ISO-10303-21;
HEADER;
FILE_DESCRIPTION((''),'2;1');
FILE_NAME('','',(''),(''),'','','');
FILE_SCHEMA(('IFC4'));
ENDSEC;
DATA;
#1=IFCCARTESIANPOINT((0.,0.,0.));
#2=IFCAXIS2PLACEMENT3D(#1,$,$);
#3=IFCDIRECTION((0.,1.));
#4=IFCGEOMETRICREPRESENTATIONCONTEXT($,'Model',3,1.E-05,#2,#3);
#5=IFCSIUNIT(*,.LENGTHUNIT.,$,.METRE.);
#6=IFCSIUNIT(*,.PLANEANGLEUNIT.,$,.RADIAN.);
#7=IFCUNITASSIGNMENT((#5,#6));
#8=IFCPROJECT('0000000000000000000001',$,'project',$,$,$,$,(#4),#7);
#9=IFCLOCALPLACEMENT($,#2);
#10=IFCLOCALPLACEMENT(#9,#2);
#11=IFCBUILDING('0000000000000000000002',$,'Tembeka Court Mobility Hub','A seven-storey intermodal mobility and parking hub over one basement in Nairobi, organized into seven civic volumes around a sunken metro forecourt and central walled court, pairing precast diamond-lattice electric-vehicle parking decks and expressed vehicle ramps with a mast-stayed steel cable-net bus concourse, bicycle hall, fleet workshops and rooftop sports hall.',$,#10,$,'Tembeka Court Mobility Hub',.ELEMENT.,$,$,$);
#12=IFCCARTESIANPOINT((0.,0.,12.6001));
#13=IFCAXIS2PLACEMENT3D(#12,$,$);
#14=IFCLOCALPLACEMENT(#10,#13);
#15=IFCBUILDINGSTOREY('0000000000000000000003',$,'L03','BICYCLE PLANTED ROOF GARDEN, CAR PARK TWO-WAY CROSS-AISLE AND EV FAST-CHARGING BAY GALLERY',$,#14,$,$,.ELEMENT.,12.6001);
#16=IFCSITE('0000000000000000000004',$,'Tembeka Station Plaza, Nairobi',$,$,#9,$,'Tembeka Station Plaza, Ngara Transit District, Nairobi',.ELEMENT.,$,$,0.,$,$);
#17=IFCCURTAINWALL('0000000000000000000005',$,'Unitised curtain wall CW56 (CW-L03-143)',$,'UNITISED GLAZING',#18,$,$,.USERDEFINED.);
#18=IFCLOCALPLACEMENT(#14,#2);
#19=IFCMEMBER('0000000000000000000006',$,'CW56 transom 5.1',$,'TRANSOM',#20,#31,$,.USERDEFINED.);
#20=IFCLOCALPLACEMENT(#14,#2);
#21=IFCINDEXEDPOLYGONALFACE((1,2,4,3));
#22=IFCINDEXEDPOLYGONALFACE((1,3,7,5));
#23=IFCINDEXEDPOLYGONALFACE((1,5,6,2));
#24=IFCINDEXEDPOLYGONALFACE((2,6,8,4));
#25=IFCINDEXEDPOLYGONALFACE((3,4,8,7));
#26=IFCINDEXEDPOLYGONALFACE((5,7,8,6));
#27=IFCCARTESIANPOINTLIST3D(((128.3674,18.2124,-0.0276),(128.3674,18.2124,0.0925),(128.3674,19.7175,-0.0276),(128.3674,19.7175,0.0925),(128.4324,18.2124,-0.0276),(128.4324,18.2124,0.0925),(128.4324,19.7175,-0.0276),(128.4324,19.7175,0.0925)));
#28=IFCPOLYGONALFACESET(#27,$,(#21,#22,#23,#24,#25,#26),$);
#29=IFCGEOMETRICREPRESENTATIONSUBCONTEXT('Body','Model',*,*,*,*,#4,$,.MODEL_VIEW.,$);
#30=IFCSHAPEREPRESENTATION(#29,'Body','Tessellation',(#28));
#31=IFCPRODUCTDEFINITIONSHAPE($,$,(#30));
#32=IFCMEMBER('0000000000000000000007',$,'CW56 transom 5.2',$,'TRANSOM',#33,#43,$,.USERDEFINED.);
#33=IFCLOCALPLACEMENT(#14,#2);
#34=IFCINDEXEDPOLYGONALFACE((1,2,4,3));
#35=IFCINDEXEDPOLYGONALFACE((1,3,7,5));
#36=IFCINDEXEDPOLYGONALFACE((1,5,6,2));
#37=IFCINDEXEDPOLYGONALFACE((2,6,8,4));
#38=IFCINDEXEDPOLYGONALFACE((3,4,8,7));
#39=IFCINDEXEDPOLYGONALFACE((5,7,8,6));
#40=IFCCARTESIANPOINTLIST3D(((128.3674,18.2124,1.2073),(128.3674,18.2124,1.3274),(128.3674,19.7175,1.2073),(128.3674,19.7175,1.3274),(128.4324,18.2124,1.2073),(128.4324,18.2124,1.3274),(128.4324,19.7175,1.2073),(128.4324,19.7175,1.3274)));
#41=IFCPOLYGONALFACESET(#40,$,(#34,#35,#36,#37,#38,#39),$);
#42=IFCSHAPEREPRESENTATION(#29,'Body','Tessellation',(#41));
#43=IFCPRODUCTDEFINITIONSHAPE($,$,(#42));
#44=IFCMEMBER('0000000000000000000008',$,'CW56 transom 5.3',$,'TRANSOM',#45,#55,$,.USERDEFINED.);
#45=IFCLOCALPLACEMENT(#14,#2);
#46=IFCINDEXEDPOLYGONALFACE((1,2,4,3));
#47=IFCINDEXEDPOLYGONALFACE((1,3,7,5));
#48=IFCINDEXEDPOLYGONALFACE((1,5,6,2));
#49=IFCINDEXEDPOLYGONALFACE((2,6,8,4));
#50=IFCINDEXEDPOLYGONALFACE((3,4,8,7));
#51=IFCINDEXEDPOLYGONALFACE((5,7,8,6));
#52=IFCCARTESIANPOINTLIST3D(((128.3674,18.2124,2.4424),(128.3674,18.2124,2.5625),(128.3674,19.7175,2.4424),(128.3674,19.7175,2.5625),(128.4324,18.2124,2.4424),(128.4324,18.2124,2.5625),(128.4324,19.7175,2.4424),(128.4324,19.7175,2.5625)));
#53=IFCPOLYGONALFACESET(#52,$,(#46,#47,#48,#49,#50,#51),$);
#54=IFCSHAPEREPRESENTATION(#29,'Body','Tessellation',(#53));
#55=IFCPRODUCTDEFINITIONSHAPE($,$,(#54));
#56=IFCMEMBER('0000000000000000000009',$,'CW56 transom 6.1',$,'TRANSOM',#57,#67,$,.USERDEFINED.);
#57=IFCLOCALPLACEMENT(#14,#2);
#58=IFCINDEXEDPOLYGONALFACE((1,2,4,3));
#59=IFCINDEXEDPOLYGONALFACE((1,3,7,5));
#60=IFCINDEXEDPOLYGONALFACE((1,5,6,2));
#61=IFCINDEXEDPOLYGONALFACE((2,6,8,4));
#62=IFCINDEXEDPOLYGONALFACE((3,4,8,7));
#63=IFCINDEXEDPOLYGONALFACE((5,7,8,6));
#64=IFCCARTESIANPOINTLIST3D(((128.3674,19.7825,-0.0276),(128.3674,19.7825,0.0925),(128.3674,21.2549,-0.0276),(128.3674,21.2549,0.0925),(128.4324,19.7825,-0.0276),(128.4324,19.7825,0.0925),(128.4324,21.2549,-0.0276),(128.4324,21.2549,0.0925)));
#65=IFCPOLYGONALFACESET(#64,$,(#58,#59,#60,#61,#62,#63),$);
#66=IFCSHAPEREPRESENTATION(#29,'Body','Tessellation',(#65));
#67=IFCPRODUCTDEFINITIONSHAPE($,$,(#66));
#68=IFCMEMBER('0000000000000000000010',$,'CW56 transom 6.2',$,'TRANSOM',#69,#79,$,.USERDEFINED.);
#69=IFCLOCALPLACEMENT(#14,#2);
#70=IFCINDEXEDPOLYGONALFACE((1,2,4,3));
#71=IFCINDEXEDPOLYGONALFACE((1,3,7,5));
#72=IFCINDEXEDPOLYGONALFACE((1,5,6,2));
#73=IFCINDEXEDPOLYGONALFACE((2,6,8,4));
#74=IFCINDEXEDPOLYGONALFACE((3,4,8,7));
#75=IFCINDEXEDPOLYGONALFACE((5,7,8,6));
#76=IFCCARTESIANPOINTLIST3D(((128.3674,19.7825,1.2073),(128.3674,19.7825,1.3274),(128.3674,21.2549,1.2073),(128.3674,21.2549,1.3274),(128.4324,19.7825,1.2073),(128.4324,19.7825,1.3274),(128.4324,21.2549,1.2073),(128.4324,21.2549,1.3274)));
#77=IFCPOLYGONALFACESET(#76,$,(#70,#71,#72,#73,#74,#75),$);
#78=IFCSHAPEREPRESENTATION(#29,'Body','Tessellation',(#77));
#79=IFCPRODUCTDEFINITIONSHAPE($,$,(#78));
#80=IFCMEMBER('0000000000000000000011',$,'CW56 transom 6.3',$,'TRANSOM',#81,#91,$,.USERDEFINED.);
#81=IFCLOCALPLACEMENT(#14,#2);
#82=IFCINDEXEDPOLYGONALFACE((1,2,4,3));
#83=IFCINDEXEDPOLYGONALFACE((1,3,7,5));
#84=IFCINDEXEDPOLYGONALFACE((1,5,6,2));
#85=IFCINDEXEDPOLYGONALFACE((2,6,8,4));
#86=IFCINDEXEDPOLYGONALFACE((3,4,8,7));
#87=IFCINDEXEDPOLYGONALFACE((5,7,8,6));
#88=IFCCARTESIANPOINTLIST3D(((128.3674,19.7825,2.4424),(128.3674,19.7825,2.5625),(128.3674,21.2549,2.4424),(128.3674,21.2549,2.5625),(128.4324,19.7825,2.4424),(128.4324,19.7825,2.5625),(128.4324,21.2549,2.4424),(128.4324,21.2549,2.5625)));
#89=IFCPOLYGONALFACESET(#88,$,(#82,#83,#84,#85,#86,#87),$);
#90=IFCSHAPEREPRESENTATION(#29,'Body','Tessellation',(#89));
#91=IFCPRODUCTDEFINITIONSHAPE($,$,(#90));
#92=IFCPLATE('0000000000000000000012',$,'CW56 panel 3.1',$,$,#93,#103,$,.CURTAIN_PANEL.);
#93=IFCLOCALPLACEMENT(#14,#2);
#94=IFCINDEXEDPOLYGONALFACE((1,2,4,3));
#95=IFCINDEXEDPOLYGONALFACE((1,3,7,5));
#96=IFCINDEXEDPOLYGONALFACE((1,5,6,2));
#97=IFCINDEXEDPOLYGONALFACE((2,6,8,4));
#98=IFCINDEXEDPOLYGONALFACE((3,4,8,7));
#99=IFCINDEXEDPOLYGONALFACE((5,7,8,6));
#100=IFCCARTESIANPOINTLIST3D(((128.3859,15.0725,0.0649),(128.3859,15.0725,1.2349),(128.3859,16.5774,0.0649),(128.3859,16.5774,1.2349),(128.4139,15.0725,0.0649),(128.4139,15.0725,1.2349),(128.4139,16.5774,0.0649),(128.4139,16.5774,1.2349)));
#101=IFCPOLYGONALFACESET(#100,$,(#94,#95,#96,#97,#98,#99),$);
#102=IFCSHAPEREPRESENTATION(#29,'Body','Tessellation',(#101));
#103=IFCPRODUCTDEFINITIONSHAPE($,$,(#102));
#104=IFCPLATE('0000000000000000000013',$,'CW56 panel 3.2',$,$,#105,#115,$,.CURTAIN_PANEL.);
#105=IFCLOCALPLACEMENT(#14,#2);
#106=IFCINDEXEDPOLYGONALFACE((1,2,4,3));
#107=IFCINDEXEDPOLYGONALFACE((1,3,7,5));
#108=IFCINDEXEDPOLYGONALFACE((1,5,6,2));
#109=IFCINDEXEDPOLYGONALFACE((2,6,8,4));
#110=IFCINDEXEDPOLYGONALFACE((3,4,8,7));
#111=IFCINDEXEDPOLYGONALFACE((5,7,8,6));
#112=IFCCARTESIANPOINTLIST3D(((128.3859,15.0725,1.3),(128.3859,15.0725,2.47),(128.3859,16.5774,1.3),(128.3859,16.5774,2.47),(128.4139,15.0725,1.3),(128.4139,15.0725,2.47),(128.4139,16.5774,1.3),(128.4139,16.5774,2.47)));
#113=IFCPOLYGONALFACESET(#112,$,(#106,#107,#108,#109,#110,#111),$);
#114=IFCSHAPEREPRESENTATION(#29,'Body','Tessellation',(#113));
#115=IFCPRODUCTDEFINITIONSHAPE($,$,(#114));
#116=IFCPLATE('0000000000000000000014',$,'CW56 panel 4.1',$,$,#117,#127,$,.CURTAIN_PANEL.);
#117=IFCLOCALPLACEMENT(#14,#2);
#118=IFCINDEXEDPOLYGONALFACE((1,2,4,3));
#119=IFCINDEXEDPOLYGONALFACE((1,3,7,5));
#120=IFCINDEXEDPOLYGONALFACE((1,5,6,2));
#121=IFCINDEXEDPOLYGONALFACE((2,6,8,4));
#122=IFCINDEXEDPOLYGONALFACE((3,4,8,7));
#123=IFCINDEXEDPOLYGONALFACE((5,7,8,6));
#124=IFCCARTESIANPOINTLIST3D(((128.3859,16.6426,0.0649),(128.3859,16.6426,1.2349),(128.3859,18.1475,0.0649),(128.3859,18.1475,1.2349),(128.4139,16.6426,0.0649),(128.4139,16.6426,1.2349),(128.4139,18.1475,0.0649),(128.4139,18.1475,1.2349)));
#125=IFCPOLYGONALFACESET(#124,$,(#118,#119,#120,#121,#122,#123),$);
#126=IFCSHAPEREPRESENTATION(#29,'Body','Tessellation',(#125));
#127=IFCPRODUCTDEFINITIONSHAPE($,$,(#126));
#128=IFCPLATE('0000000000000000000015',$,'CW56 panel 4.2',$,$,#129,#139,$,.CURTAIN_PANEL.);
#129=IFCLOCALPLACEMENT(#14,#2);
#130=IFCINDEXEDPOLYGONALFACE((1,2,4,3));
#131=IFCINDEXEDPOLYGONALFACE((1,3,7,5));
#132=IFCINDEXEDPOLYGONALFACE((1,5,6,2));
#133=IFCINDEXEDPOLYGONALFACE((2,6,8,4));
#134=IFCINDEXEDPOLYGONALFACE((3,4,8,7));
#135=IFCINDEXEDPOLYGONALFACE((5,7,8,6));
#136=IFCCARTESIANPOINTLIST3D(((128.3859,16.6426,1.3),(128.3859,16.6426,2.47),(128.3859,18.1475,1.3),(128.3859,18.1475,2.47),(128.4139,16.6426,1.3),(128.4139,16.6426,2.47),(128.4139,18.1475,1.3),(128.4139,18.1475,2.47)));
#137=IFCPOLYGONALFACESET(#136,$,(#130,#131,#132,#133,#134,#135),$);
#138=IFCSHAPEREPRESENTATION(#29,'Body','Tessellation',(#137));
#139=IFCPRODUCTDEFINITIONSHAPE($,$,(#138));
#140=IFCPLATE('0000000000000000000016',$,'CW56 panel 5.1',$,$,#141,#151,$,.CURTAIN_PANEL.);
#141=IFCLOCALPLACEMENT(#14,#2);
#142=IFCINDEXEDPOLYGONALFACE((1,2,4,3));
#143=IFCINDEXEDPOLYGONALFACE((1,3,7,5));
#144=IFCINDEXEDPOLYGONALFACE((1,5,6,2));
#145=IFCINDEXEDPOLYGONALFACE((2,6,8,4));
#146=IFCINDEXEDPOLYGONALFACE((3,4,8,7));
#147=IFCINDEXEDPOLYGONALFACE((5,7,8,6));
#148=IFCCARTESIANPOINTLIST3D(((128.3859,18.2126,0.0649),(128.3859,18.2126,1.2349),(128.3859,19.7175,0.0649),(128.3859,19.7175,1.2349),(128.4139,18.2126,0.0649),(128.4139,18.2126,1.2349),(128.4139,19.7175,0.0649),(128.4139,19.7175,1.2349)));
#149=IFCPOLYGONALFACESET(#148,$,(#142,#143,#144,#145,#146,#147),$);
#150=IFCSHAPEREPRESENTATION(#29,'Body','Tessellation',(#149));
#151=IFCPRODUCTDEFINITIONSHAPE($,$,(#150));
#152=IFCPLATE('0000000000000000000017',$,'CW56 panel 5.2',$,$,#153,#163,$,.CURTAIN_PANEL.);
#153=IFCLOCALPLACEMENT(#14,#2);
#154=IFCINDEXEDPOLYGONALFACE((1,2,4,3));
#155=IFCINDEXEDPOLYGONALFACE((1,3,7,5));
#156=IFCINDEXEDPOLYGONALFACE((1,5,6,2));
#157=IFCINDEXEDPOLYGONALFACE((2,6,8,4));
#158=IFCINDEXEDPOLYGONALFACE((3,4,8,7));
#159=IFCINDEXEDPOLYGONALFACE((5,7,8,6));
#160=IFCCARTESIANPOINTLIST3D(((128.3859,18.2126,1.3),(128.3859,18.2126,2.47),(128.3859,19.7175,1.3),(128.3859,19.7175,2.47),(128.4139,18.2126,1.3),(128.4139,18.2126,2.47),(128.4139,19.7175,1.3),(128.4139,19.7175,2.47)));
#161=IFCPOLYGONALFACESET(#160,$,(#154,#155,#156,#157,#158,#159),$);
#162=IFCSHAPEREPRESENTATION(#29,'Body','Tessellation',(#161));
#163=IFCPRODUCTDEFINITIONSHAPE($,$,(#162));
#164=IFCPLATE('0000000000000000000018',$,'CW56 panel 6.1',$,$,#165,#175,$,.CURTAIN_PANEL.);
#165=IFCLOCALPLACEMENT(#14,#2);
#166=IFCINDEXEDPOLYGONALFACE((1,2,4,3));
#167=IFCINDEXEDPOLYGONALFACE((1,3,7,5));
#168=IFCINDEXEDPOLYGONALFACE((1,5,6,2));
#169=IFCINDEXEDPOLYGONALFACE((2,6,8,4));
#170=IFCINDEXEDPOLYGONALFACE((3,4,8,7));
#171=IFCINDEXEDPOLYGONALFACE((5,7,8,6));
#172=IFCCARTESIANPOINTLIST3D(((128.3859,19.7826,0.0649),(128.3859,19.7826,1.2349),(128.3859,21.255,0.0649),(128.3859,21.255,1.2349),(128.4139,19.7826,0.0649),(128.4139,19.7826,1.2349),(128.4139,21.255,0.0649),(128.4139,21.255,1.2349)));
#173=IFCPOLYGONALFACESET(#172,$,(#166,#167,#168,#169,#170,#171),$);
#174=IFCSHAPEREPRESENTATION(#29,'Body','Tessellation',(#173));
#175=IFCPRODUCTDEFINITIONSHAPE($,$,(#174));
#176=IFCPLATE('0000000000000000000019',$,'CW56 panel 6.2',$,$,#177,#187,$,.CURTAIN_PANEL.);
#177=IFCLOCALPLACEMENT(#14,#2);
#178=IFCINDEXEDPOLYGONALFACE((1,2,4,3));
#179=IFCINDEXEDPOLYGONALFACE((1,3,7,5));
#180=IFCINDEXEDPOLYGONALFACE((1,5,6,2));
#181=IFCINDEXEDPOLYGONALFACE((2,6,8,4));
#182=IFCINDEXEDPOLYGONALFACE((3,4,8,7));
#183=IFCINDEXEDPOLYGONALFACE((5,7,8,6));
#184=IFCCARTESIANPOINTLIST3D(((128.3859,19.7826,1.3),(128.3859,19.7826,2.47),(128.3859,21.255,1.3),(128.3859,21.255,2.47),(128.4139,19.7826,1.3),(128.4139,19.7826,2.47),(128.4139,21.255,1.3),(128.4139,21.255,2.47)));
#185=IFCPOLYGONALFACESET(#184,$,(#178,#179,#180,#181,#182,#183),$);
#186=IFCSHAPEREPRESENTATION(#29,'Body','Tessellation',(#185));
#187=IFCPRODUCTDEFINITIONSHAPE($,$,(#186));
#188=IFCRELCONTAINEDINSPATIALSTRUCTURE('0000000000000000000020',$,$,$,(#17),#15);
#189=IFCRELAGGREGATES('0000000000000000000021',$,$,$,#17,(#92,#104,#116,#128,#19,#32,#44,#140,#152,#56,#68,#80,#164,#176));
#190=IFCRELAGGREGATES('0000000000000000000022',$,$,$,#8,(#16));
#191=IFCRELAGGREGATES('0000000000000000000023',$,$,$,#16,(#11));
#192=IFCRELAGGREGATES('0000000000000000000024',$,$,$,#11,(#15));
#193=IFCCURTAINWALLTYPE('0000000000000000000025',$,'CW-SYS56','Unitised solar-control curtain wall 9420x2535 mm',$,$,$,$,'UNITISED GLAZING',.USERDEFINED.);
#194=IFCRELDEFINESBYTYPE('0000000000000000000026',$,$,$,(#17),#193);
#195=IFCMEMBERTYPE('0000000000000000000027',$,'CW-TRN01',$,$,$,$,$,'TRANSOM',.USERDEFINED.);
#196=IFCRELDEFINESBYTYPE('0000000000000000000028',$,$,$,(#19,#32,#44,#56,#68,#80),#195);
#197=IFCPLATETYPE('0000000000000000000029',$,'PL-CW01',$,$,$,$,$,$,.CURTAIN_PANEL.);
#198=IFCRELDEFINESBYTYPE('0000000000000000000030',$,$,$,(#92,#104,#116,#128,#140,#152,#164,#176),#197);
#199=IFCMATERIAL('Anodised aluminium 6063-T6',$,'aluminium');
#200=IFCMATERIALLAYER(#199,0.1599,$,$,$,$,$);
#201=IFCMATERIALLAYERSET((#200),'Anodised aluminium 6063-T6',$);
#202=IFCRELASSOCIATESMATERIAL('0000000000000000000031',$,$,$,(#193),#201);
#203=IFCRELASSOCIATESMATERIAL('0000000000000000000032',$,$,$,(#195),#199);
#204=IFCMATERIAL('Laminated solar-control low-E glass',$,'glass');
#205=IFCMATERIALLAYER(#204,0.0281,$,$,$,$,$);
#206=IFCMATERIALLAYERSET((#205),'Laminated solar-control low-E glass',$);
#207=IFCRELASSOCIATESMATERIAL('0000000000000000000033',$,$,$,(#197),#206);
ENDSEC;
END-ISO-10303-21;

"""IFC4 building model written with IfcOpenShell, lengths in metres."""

from ifc_helpers import new_model, si_unit, direction, frame, origin, origin_2d, place, context, subcontext, project, spatial, rectangle, extrude, material, layer, layer_set, material_profile, profile_set, type_object, element, aggregate, save


model = new_model("IFC4")

# Units and contexts
model_context = context("Model", 3, precision=1e-05, world=origin(), true_north=direction((0.0, 1.0)))
body_context = subcontext(model_context, "Body", "Model", "MODEL_VIEW")
ifc_project = project(units=[si_unit("LENGTHUNIT", "METRE"), si_unit("PLANEANGLEUNIT", "RADIAN")], contexts=[model_context])

# Site, building, storey
site_placement = place(None, origin())
site = spatial("IfcSite", under=ifc_project, at=site_placement, Name="Tembeka Station Plaza, Nairobi", LongName="Tembeka Station Plaza, Ngara Transit District, Nairobi", CompositionType="ELEMENT", RefElevation=0.0)
building_placement = place(site_placement, origin())
building = spatial("IfcBuilding", under=site, at=building_placement, Name="Tembeka Court Mobility Hub", Description="A seven-storey intermodal mobility and parking hub over one basement in Nairobi, organized into seven civic volumes around a sunken metro forecourt and central walled court, pairing precast diamond-lattice electric-vehicle parking decks and expressed vehicle ramps with a mast-stayed steel cable-net bus concourse, bicycle hall, fleet workshops and rooftop sports hall.", LongName="Tembeka Court Mobility Hub", CompositionType="ELEMENT")
storey_placement = place(building_placement, frame((0.0, 0.0, 12.6001)))
storey = spatial("IfcBuildingStorey", under=building, at=storey_placement, Name="L03", Description="BICYCLE PLANTED ROOF GARDEN, CAR PARK TWO-WAY CROSS-AISLE AND EV FAST-CHARGING BAY GALLERY", CompositionType="ELEMENT", Elevation=12.6001)

# Curtain wall, members, plates
ifc_material_1 = material(Name="Anodised aluminium 6063-T6", Category="aluminium")
ifc_layer_1 = layer(ifc_material_1, 0.1599)
ifc_layer_set_1 = layer_set([ifc_layer_1], Name="Anodised aluminium 6063-T6")
curtain_wall_type = type_object("IfcCurtainWallType", Name="CW-SYS56", Description="Unitised solar-control curtain wall 9420x2535 mm", ElementType="UNITISED GLAZING", PredefinedType="USERDEFINED", material=ifc_layer_set_1)
curtain_wall_placement = place(storey_placement, origin())
curtain_wall = element("IfcCurtainWall", 1, at=curtain_wall_placement, inside=storey, type_object=curtain_wall_type, Name="Unitised curtain wall CW56 (CW-L03-143)", ObjectType="UNITISED GLAZING", PredefinedType="USERDEFINED")
ifc_material_profile_1 = material_profile(ifc_material_1, rectangle(XDim=0.0649, YDim=0.1201, at=origin_2d()), Name="ALU-TRN 65x120")
ifc_profile_set_1 = profile_set([ifc_material_profile_1], Name="Anodised aluminium 6063-T6")
member_type_1 = type_object("IfcMemberType", Name="CW-TRN01", ElementType="TRANSOM", PredefinedType="USERDEFINED", material=ifc_profile_set_1)
member_1_placement = place(storey_placement, frame((128.3999, 18.2124, 0.0325), z_axis=(0.0, 1.0, 0.0), x_axis=(-1.0, 0.0, 0.0)))
member_1 = element("IfcMember", 2, at=member_1_placement, type_object=member_type_1, Name="CW56 transom 5.1", ObjectType="TRANSOM", PredefinedType="USERDEFINED", context=body_context, shape_type="SweptSolid", body=[
    extrude(rectangle(XDim=0.0649, YDim=0.1201, at=origin_2d()), origin(), (0.0, 0.0, 1.0), 1.5051),
])
member_2_placement = place(storey_placement, frame((128.3999, 18.2124, 1.2673), z_axis=(0.0, 1.0, 0.0), x_axis=(-1.0, 0.0, 0.0)))
member_2 = element("IfcMember", 3, at=member_2_placement, type_object=member_type_1, Name="CW56 transom 5.2", ObjectType="TRANSOM", PredefinedType="USERDEFINED", context=body_context, shape_type="SweptSolid", body=[
    extrude(rectangle(XDim=0.0649, YDim=0.1201, at=origin_2d()), origin(), (0.0, 0.0, 1.0), 1.5051),
])
member_3_placement = place(storey_placement, frame((128.3999, 18.2124, 2.5024), z_axis=(0.0, 1.0, 0.0), x_axis=(-1.0, 0.0, 0.0)))
member_3 = element("IfcMember", 4, at=member_3_placement, type_object=member_type_1, Name="CW56 transom 5.3", ObjectType="TRANSOM", PredefinedType="USERDEFINED", context=body_context, shape_type="SweptSolid", body=[
    extrude(rectangle(XDim=0.0649, YDim=0.1201, at=origin_2d()), origin(), (0.0, 0.0, 1.0), 1.5051),
])
member_4_placement = place(storey_placement, frame((128.3999, 19.7825, 0.0325), z_axis=(0.0, 1.0, 0.0), x_axis=(-1.0, 0.0, 0.0)))
member_4 = element("IfcMember", 5, at=member_4_placement, type_object=member_type_1, Name="CW56 transom 6.1", ObjectType="TRANSOM", PredefinedType="USERDEFINED", context=body_context, shape_type="SweptSolid", body=[
    extrude(rectangle(XDim=0.0649, YDim=0.1201, at=origin_2d()), origin(), (0.0, 0.0, 1.0), 1.4724),
])
member_5_placement = place(storey_placement, frame((128.3999, 19.7825, 1.2673), z_axis=(0.0, 1.0, 0.0), x_axis=(-1.0, 0.0, 0.0)))
member_5 = element("IfcMember", 6, at=member_5_placement, type_object=member_type_1, Name="CW56 transom 6.2", ObjectType="TRANSOM", PredefinedType="USERDEFINED", context=body_context, shape_type="SweptSolid", body=[
    extrude(rectangle(XDim=0.0649, YDim=0.1201, at=origin_2d()), origin(), (0.0, 0.0, 1.0), 1.4724),
])
member_6_placement = place(storey_placement, frame((128.3999, 19.7825, 2.5024), z_axis=(0.0, 1.0, 0.0), x_axis=(-1.0, 0.0, 0.0)))
member_6 = element("IfcMember", 7, at=member_6_placement, type_object=member_type_1, Name="CW56 transom 6.3", ObjectType="TRANSOM", PredefinedType="USERDEFINED", context=body_context, shape_type="SweptSolid", body=[
    extrude(rectangle(XDim=0.0649, YDim=0.1201, at=origin_2d()), origin(), (0.0, 0.0, 1.0), 1.4724),
])
ifc_material_2 = material(Name="Laminated solar-control low-E glass", Category="glass")
ifc_layer_2 = layer(ifc_material_2, 0.0281)
ifc_layer_set_2 = layer_set([ifc_layer_2], Name="Laminated solar-control low-E glass")
plate_type = type_object("IfcPlateType", Name="PL-CW01", PredefinedType="CURTAIN_PANEL", material=ifc_layer_set_2)
plate_1_placement = place(storey_placement, frame((128.3999, 15.825, 0.0649), z_axis=(0.0, 0.0, 1.0), x_axis=(0.0, 1.0, 0.0)))
plate_1 = element("IfcPlate", 8, at=plate_1_placement, type_object=plate_type, Name="CW56 panel 3.1", PredefinedType="CURTAIN_PANEL", context=body_context, shape_type="SweptSolid", body=[
    extrude(rectangle(XDim=1.5049, YDim=0.0281, at=origin_2d()), origin(), (0.0, 0.0, 1.0), 1.1699),
])
plate_2_placement = place(storey_placement, frame((128.3999, 15.825, 1.3), z_axis=(0.0, 0.0, 1.0), x_axis=(0.0, 1.0, 0.0)))
plate_2 = element("IfcPlate", 9, at=plate_2_placement, type_object=plate_type, Name="CW56 panel 3.2", PredefinedType="CURTAIN_PANEL", context=body_context, shape_type="SweptSolid", body=[
    extrude(rectangle(XDim=1.5049, YDim=0.0281, at=origin_2d()), origin(), (0.0, 0.0, 1.0), 1.1699),
])
plate_3_placement = place(storey_placement, frame((128.3999, 17.395, 0.0649), z_axis=(0.0, 0.0, 1.0), x_axis=(0.0, 1.0, 0.0)))
plate_3 = element("IfcPlate", 10, at=plate_3_placement, type_object=plate_type, Name="CW56 panel 4.1", PredefinedType="CURTAIN_PANEL", context=body_context, shape_type="SweptSolid", body=[
    extrude(rectangle(XDim=1.5049, YDim=0.0281, at=origin_2d()), origin(), (0.0, 0.0, 1.0), 1.1699),
])
plate_4_placement = place(storey_placement, frame((128.3999, 17.395, 1.3), z_axis=(0.0, 0.0, 1.0), x_axis=(0.0, 1.0, 0.0)))
plate_4 = element("IfcPlate", 11, at=plate_4_placement, type_object=plate_type, Name="CW56 panel 4.2", PredefinedType="CURTAIN_PANEL", context=body_context, shape_type="SweptSolid", body=[
    extrude(rectangle(XDim=1.5049, YDim=0.0281, at=origin_2d()), origin(), (0.0, 0.0, 1.0), 1.1699),
])
plate_5_placement = place(storey_placement, frame((128.3999, 18.9651, 0.0649), z_axis=(0.0, 0.0, 1.0), x_axis=(0.0, 1.0, 0.0)))
plate_5 = element("IfcPlate", 12, at=plate_5_placement, type_object=plate_type, Name="CW56 panel 5.1", PredefinedType="CURTAIN_PANEL", context=body_context, shape_type="SweptSolid", body=[
    extrude(rectangle(XDim=1.5049, YDim=0.0281, at=origin_2d()), origin(), (0.0, 0.0, 1.0), 1.1699),
])
plate_6_placement = place(storey_placement, frame((128.3999, 18.9651, 1.3), z_axis=(0.0, 0.0, 1.0), x_axis=(0.0, 1.0, 0.0)))
plate_6 = element("IfcPlate", 13, at=plate_6_placement, type_object=plate_type, Name="CW56 panel 5.2", PredefinedType="CURTAIN_PANEL", context=body_context, shape_type="SweptSolid", body=[
    extrude(rectangle(XDim=1.5049, YDim=0.0281, at=origin_2d()), origin(), (0.0, 0.0, 1.0), 1.1699),
])
plate_7_placement = place(storey_placement, frame((128.3999, 20.5188, 0.0649), z_axis=(0.0, 0.0, 1.0), x_axis=(0.0, 1.0, 0.0)))
plate_7 = element("IfcPlate", 14, at=plate_7_placement, type_object=plate_type, Name="CW56 panel 6.1", PredefinedType="CURTAIN_PANEL", context=body_context, shape_type="SweptSolid", body=[
    extrude(rectangle(XDim=1.4724, YDim=0.0281, at=origin_2d()), origin(), (0.0, 0.0, 1.0), 1.1699),
])
plate_8_placement = place(storey_placement, frame((128.3999, 20.5188, 1.3), z_axis=(0.0, 0.0, 1.0), x_axis=(0.0, 1.0, 0.0)))
plate_8 = element("IfcPlate", 15, at=plate_8_placement, type_object=plate_type, Name="CW56 panel 6.2", PredefinedType="CURTAIN_PANEL", context=body_context, shape_type="SweptSolid", body=[
    extrude(rectangle(XDim=1.4724, YDim=0.0281, at=origin_2d()), origin(), (0.0, 0.0, 1.0), 1.1699),
])
aggregate(curtain_wall, [plate_1, plate_2, plate_3, plate_4, member_1, member_2, member_3, plate_5, plate_6, member_4, member_5, member_6, plate_7, plate_8])

save(model, "model.ifc")
